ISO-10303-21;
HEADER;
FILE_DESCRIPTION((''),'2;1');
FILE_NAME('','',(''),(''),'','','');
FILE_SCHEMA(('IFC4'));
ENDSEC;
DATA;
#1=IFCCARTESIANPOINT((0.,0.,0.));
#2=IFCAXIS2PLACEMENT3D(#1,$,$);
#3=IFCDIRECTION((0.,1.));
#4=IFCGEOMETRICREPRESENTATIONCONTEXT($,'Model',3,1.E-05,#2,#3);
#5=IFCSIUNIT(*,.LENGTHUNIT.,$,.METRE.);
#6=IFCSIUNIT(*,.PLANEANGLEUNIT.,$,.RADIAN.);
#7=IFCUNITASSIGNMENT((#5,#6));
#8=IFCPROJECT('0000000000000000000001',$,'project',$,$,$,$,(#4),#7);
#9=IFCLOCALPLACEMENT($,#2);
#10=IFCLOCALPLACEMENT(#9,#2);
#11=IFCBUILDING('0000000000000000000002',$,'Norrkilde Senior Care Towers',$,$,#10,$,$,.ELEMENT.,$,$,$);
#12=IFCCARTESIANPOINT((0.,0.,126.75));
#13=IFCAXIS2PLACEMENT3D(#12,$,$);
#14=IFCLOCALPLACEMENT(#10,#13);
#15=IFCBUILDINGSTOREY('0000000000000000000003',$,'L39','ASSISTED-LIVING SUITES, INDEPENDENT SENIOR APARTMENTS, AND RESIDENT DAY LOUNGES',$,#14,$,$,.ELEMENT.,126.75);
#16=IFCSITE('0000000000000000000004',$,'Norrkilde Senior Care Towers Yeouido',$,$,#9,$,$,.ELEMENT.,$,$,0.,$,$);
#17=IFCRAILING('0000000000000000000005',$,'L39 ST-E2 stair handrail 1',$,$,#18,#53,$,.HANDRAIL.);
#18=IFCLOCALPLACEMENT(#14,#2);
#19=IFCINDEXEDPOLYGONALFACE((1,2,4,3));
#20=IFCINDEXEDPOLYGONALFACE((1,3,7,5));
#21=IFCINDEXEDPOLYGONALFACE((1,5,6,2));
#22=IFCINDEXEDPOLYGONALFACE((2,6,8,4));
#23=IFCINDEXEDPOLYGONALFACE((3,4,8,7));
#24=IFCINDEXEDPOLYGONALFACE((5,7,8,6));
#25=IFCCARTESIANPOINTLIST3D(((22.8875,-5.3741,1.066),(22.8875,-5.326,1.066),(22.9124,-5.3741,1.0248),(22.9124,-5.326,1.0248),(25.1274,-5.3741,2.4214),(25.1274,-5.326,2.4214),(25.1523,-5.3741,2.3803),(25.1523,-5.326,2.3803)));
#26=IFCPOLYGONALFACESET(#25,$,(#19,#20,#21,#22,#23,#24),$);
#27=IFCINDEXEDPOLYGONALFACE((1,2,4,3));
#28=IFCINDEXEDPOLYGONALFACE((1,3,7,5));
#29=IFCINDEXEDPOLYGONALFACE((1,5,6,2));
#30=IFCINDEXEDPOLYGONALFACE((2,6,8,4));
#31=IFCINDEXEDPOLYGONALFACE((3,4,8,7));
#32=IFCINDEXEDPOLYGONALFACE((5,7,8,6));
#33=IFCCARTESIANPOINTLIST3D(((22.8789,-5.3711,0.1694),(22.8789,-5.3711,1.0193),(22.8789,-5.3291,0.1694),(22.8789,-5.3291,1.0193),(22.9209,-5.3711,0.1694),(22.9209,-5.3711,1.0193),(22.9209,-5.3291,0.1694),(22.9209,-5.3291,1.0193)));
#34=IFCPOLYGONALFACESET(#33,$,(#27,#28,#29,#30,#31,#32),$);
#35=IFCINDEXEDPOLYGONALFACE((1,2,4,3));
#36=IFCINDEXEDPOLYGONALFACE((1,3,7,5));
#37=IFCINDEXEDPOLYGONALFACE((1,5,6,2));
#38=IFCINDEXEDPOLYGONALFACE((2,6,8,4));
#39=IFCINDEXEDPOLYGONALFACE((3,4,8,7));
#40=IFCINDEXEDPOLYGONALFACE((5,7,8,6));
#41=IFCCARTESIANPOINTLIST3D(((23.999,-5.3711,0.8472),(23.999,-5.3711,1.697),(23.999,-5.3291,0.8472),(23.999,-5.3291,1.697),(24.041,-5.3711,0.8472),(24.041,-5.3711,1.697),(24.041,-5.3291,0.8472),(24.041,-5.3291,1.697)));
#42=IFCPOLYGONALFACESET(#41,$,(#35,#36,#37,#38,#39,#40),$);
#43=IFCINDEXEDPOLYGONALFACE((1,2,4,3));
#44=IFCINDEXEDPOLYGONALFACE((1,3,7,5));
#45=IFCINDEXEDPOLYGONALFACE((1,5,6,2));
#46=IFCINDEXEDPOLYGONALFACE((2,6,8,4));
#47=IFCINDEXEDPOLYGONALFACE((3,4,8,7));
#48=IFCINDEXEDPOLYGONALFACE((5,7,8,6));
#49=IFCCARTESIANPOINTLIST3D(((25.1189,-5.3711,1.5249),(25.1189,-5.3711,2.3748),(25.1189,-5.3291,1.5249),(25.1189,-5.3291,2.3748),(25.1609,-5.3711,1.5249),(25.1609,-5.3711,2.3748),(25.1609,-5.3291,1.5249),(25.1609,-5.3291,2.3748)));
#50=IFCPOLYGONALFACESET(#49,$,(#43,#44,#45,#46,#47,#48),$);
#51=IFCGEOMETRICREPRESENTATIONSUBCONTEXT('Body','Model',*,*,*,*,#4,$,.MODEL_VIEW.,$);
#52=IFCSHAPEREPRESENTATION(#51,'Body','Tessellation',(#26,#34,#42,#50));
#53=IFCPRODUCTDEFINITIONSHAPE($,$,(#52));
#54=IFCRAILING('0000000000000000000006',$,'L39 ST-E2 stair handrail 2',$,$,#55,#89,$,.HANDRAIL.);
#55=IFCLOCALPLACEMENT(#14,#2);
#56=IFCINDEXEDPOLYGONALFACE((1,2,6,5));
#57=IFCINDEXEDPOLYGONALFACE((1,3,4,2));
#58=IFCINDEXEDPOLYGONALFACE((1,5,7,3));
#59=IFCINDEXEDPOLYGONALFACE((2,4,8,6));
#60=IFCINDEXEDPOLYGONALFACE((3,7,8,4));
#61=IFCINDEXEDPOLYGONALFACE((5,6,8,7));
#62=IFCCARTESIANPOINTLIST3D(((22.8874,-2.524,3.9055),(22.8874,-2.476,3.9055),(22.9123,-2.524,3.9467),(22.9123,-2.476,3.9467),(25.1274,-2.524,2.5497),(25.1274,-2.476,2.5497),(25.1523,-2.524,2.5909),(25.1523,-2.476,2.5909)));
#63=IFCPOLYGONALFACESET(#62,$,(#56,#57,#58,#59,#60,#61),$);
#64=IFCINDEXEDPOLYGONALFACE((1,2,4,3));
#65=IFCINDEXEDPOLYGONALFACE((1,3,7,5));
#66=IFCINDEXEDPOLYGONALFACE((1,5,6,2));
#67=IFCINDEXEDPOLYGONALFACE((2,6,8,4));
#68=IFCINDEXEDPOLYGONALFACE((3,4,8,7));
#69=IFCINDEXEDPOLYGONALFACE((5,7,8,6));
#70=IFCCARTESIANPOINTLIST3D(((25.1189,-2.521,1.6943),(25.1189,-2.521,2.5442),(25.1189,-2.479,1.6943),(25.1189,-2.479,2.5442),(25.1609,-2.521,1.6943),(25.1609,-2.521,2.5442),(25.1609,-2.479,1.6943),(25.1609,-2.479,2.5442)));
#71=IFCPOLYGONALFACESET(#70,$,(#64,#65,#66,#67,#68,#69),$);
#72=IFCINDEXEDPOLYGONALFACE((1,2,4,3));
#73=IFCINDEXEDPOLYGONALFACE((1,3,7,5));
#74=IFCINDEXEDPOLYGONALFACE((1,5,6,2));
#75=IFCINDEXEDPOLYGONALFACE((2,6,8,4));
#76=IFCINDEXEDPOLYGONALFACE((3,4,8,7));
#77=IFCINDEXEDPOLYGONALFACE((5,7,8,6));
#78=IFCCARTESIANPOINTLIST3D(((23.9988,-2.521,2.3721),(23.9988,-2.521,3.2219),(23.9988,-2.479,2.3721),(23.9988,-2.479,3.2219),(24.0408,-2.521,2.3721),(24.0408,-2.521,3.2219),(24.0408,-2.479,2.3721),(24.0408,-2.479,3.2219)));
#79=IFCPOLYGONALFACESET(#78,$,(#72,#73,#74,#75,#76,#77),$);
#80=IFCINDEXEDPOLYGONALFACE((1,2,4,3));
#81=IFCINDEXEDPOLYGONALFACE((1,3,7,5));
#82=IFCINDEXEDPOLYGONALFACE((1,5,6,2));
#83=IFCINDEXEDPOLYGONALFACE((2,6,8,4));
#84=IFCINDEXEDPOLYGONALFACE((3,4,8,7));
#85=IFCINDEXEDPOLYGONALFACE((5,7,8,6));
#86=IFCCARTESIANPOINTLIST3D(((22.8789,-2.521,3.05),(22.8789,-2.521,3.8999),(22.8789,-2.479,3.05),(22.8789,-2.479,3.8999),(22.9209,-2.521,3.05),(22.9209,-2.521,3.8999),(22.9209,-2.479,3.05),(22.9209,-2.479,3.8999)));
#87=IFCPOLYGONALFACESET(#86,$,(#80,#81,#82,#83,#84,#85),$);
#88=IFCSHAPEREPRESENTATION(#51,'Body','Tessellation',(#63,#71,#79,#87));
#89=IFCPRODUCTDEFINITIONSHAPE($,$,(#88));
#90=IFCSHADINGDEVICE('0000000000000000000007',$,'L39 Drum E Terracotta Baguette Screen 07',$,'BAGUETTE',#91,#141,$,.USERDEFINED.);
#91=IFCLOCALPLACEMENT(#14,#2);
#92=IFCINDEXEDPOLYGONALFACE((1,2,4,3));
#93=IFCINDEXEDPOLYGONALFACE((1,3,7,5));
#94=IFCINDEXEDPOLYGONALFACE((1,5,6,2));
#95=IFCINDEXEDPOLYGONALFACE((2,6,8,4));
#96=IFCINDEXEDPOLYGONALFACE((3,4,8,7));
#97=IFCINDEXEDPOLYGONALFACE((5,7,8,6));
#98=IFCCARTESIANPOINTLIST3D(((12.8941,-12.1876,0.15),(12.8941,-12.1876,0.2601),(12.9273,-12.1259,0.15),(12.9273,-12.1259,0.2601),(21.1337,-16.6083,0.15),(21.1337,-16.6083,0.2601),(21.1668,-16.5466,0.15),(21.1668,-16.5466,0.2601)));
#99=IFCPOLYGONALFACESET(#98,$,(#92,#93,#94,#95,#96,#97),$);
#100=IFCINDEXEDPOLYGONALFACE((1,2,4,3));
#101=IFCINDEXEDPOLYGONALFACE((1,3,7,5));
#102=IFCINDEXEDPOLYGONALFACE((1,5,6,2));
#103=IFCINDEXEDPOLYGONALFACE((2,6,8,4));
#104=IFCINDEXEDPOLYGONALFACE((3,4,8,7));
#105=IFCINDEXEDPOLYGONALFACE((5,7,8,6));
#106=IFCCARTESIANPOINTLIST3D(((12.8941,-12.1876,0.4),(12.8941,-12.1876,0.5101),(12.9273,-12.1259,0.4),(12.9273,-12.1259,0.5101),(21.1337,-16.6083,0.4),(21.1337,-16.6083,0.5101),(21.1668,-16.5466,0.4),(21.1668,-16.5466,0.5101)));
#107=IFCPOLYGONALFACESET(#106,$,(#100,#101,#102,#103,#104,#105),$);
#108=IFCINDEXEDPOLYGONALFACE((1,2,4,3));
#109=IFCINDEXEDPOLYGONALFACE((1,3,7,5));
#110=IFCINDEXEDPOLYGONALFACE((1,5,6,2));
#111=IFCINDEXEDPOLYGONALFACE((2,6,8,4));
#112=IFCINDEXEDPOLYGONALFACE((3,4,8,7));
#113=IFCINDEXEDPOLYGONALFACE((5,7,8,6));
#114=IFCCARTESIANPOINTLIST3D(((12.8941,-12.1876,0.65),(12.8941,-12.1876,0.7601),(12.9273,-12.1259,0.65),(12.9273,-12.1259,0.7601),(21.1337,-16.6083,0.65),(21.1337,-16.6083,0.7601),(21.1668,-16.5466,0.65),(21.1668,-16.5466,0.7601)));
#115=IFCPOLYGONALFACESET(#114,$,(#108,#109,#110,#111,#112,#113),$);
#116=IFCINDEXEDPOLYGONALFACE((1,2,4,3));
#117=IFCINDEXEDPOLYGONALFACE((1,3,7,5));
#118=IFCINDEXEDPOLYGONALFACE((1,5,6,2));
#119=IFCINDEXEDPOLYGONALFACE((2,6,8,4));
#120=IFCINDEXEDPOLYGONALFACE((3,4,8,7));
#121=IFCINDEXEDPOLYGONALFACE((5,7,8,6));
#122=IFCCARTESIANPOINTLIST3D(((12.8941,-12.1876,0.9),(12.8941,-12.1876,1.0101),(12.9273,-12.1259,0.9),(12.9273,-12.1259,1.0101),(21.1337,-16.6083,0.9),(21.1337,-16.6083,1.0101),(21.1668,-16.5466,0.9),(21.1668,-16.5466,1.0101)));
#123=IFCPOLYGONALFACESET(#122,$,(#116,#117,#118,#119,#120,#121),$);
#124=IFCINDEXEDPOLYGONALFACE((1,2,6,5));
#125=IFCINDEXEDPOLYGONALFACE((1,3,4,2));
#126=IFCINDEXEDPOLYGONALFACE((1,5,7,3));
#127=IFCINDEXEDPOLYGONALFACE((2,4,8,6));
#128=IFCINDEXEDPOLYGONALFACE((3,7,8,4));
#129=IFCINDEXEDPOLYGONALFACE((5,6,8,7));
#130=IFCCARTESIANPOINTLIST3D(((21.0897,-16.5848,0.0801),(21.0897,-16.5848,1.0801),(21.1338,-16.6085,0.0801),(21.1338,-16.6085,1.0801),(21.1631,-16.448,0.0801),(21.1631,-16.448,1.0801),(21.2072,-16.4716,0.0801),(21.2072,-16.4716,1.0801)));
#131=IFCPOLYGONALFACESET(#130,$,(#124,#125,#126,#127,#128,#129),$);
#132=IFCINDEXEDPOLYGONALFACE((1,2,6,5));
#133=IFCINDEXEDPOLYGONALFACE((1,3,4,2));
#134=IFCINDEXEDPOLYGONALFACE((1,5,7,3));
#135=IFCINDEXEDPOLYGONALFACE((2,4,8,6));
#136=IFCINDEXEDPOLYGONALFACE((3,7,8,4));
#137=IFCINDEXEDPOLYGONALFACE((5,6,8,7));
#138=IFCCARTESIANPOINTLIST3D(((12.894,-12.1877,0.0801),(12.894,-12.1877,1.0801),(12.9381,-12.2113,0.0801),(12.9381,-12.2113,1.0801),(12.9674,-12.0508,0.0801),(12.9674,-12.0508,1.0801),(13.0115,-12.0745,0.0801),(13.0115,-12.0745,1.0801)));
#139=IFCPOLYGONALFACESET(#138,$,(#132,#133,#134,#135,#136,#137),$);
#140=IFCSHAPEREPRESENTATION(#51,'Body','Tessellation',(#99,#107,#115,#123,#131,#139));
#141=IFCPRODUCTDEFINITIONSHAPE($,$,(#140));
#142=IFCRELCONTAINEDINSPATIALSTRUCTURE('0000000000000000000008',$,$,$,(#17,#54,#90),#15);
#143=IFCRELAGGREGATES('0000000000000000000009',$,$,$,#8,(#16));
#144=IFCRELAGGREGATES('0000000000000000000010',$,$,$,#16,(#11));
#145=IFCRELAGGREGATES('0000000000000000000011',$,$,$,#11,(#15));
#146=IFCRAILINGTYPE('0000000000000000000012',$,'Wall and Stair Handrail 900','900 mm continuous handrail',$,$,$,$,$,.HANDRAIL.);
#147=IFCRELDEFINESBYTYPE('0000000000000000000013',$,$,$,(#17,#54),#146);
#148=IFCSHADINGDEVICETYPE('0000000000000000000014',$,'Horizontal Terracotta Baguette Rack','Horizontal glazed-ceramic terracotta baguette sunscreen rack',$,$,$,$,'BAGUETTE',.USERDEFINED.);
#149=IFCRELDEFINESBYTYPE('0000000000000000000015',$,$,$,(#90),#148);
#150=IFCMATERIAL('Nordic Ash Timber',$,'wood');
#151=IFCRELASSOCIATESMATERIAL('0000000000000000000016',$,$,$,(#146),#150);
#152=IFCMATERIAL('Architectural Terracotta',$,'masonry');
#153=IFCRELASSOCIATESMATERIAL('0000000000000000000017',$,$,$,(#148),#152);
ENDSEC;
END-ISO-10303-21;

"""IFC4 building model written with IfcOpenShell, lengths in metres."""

from ifc_helpers import new_model, si_unit, direction, frame, origin, origin_2d, place, context, subcontext, project, spatial, rectangle, extrude, source, transform, mapped, material, type_object, type_shapes, element, save


model = new_model("IFC4")

# Units and contexts
model_context = context("Model", 3, precision=1e-05, world=origin(), true_north=direction((0.0, 1.0)))
body_context = subcontext(model_context, "Body", "Model", "MODEL_VIEW")
ifc_project = project(units=[si_unit("LENGTHUNIT", "METRE"), si_unit("PLANEANGLEUNIT", "RADIAN")], contexts=[model_context])

# Site, building, storey
site_placement = place(None, origin())
site = spatial("IfcSite", under=ifc_project, at=site_placement, Name="Norrkilde Senior Care Towers Yeouido", CompositionType="ELEMENT", RefElevation=0.0)
building_placement = place(site_placement, origin())
building = spatial("IfcBuilding", under=site, at=building_placement, Name="Norrkilde Senior Care Towers", CompositionType="ELEMENT")
storey_placement = place(building_placement, frame((0.0, 0.0, 126.75)))
storey = spatial("IfcBuildingStorey", under=building, at=storey_placement, Name="L39", Description="ASSISTED-LIVING SUITES, INDEPENDENT SENIOR APARTMENTS, AND RESIDENT DAY LOUNGES", CompositionType="ELEMENT", Elevation=126.75)

# Railings
ifc_material_1 = material(Name="Nordic Ash Timber", Category="wood")
railing_type_1 = type_object("IfcRailingType", Name="Wall and Stair Handrail 900", Description="900 mm continuous handrail", PredefinedType="HANDRAIL", material=ifc_material_1)
railing_1_placement = place(storey_placement, frame((22.8999, -5.3501, 0.1694)))
element("IfcRailing", 1, at=railing_1_placement, inside=storey, type_object=railing_type_1, Name="L39 ST-E2 stair handrail 1", PredefinedType="HANDRAIL", context=body_context, shape_type="SweptSolid", body=[
    extrude(rectangle(XDim=0.0481, YDim=0.0481, at=origin_2d()), frame((0.0, 0.0, 0.876), z_axis=(0.855553, 0.0, 0.517715), x_axis=(0.0, 1.0, 0.0)), (0.0, 0.0, 1.0), 2.6182),
    extrude(rectangle(XDim=0.042, YDim=0.042, at=origin_2d()), origin(), (0.0, 0.0, 1.0), 0.8499),
    extrude(rectangle(XDim=0.042, YDim=0.042, at=origin_2d()), frame((1.1201, 0.0, 0.6777)), (0.0, 0.0, 1.0), 0.8499),
    extrude(rectangle(XDim=0.042, YDim=0.042, at=origin_2d()), frame((2.24, 0.0, 1.3555)), (0.0, 0.0, 1.0), 0.8499),
])
railing_2_placement = place(storey_placement, frame((25.1399, -2.5, 1.6943)))
element("IfcRailing", 2, at=railing_2_placement, inside=storey, type_object=railing_type_1, Name="L39 ST-E2 stair handrail 2", PredefinedType="HANDRAIL", context=body_context, shape_type="SweptSolid", body=[
    extrude(rectangle(XDim=0.0481, YDim=0.0481, at=origin_2d()), frame((0.0, 0.0, 0.876), z_axis=(-0.855512, 0.0, 0.517783), x_axis=(0.0, -1.0, 0.0)), (0.0, 0.0, 1.0), 2.6184),
    extrude(rectangle(XDim=0.042, YDim=0.042, at=origin_2d()), origin(), (0.0, 0.0, 1.0), 0.8499),
    extrude(rectangle(XDim=0.042, YDim=0.042, at=origin_2d()), frame((-1.1201, 0.0, 0.6777)), (0.0, 0.0, 1.0), 0.8499),
    extrude(rectangle(XDim=0.042, YDim=0.042, at=origin_2d()), frame((-2.24, 0.0, 1.3557)), (0.0, 0.0, 1.0), 0.8499),
])

# Shading device
ifc_material_2 = material(Name="Architectural Terracotta", Category="masonry")
shading_device_type = type_object("IfcShadingDeviceType", Name="Horizontal Terracotta Baguette Rack", Description="Horizontal glazed-ceramic terracotta baguette sunscreen rack", ElementType="BAGUETTE", PredefinedType="USERDEFINED", material=ifc_material_2)
shared_shape_1 = source(origin(), body_context, "Body", "SweptSolid", [
    extrude(rectangle(XDim=0.0701, YDim=0.1101, at=origin_2d()), frame((0.0, 0.0901, 0.125), z_axis=(1.0, 0.0, 0.0), x_axis=(0.0, 1.0, 0.0)), (0.0, 0.0, 1.0), 9.3506),
    extrude(rectangle(XDim=0.0701, YDim=0.1101, at=origin_2d()), frame((0.0, 0.0901, 0.375), z_axis=(1.0, 0.0, 0.0), x_axis=(0.0, 1.0, 0.0)), (0.0, 0.0, 1.0), 9.3506),
    extrude(rectangle(XDim=0.0701, YDim=0.1101, at=origin_2d()), frame((0.0, 0.0901, 0.625), z_axis=(1.0, 0.0, 0.0), x_axis=(0.0, 1.0, 0.0)), (0.0, 0.0, 1.0), 9.3506),
    extrude(rectangle(XDim=0.0701, YDim=0.1101, at=origin_2d()), frame((0.0, 0.0901, 0.875), z_axis=(1.0, 0.0, 0.0), x_axis=(0.0, 1.0, 0.0)), (0.0, 0.0, 1.0), 9.3506),
    extrude(rectangle(XDim=0.05, YDim=0.1553, at=origin_2d()), frame((0.0249, 0.0476, 0.0)), (0.0, 0.0, 1.0), 1.0),
    extrude(rectangle(XDim=0.05, YDim=0.1553, at=origin_2d()), frame((9.3257, 0.0476, 0.0)), (0.0, 0.0, 1.0), 1.0),
])
type_shapes(shading_device_type, [shared_shape_1])
shading_device_placement = place(storey_placement, frame((21.1929, -16.498, 0.0801), z_axis=(0.0, 0.0, 1.0), x_axis=(-0.881175, 0.472768, 0.0)))
element("IfcShadingDevice", 3, at=shading_device_placement, inside=storey, type_object=shading_device_type, Name="L39 Drum E Terracotta Baguette Screen 07", ObjectType="BAGUETTE", PredefinedType="USERDEFINED", context=body_context, shape_type="MappedRepresentation", body=[
    mapped(shared_shape_1, transform((0.0, 0.0, 0.0), x_axis=(1.0, 0.0, 0.0), y_axis=(0.0, 1.0, 0.0), z_axis=(0.0, 0.0, 1.0), scale=1.0)),
])

save(model, "model.ifc")
